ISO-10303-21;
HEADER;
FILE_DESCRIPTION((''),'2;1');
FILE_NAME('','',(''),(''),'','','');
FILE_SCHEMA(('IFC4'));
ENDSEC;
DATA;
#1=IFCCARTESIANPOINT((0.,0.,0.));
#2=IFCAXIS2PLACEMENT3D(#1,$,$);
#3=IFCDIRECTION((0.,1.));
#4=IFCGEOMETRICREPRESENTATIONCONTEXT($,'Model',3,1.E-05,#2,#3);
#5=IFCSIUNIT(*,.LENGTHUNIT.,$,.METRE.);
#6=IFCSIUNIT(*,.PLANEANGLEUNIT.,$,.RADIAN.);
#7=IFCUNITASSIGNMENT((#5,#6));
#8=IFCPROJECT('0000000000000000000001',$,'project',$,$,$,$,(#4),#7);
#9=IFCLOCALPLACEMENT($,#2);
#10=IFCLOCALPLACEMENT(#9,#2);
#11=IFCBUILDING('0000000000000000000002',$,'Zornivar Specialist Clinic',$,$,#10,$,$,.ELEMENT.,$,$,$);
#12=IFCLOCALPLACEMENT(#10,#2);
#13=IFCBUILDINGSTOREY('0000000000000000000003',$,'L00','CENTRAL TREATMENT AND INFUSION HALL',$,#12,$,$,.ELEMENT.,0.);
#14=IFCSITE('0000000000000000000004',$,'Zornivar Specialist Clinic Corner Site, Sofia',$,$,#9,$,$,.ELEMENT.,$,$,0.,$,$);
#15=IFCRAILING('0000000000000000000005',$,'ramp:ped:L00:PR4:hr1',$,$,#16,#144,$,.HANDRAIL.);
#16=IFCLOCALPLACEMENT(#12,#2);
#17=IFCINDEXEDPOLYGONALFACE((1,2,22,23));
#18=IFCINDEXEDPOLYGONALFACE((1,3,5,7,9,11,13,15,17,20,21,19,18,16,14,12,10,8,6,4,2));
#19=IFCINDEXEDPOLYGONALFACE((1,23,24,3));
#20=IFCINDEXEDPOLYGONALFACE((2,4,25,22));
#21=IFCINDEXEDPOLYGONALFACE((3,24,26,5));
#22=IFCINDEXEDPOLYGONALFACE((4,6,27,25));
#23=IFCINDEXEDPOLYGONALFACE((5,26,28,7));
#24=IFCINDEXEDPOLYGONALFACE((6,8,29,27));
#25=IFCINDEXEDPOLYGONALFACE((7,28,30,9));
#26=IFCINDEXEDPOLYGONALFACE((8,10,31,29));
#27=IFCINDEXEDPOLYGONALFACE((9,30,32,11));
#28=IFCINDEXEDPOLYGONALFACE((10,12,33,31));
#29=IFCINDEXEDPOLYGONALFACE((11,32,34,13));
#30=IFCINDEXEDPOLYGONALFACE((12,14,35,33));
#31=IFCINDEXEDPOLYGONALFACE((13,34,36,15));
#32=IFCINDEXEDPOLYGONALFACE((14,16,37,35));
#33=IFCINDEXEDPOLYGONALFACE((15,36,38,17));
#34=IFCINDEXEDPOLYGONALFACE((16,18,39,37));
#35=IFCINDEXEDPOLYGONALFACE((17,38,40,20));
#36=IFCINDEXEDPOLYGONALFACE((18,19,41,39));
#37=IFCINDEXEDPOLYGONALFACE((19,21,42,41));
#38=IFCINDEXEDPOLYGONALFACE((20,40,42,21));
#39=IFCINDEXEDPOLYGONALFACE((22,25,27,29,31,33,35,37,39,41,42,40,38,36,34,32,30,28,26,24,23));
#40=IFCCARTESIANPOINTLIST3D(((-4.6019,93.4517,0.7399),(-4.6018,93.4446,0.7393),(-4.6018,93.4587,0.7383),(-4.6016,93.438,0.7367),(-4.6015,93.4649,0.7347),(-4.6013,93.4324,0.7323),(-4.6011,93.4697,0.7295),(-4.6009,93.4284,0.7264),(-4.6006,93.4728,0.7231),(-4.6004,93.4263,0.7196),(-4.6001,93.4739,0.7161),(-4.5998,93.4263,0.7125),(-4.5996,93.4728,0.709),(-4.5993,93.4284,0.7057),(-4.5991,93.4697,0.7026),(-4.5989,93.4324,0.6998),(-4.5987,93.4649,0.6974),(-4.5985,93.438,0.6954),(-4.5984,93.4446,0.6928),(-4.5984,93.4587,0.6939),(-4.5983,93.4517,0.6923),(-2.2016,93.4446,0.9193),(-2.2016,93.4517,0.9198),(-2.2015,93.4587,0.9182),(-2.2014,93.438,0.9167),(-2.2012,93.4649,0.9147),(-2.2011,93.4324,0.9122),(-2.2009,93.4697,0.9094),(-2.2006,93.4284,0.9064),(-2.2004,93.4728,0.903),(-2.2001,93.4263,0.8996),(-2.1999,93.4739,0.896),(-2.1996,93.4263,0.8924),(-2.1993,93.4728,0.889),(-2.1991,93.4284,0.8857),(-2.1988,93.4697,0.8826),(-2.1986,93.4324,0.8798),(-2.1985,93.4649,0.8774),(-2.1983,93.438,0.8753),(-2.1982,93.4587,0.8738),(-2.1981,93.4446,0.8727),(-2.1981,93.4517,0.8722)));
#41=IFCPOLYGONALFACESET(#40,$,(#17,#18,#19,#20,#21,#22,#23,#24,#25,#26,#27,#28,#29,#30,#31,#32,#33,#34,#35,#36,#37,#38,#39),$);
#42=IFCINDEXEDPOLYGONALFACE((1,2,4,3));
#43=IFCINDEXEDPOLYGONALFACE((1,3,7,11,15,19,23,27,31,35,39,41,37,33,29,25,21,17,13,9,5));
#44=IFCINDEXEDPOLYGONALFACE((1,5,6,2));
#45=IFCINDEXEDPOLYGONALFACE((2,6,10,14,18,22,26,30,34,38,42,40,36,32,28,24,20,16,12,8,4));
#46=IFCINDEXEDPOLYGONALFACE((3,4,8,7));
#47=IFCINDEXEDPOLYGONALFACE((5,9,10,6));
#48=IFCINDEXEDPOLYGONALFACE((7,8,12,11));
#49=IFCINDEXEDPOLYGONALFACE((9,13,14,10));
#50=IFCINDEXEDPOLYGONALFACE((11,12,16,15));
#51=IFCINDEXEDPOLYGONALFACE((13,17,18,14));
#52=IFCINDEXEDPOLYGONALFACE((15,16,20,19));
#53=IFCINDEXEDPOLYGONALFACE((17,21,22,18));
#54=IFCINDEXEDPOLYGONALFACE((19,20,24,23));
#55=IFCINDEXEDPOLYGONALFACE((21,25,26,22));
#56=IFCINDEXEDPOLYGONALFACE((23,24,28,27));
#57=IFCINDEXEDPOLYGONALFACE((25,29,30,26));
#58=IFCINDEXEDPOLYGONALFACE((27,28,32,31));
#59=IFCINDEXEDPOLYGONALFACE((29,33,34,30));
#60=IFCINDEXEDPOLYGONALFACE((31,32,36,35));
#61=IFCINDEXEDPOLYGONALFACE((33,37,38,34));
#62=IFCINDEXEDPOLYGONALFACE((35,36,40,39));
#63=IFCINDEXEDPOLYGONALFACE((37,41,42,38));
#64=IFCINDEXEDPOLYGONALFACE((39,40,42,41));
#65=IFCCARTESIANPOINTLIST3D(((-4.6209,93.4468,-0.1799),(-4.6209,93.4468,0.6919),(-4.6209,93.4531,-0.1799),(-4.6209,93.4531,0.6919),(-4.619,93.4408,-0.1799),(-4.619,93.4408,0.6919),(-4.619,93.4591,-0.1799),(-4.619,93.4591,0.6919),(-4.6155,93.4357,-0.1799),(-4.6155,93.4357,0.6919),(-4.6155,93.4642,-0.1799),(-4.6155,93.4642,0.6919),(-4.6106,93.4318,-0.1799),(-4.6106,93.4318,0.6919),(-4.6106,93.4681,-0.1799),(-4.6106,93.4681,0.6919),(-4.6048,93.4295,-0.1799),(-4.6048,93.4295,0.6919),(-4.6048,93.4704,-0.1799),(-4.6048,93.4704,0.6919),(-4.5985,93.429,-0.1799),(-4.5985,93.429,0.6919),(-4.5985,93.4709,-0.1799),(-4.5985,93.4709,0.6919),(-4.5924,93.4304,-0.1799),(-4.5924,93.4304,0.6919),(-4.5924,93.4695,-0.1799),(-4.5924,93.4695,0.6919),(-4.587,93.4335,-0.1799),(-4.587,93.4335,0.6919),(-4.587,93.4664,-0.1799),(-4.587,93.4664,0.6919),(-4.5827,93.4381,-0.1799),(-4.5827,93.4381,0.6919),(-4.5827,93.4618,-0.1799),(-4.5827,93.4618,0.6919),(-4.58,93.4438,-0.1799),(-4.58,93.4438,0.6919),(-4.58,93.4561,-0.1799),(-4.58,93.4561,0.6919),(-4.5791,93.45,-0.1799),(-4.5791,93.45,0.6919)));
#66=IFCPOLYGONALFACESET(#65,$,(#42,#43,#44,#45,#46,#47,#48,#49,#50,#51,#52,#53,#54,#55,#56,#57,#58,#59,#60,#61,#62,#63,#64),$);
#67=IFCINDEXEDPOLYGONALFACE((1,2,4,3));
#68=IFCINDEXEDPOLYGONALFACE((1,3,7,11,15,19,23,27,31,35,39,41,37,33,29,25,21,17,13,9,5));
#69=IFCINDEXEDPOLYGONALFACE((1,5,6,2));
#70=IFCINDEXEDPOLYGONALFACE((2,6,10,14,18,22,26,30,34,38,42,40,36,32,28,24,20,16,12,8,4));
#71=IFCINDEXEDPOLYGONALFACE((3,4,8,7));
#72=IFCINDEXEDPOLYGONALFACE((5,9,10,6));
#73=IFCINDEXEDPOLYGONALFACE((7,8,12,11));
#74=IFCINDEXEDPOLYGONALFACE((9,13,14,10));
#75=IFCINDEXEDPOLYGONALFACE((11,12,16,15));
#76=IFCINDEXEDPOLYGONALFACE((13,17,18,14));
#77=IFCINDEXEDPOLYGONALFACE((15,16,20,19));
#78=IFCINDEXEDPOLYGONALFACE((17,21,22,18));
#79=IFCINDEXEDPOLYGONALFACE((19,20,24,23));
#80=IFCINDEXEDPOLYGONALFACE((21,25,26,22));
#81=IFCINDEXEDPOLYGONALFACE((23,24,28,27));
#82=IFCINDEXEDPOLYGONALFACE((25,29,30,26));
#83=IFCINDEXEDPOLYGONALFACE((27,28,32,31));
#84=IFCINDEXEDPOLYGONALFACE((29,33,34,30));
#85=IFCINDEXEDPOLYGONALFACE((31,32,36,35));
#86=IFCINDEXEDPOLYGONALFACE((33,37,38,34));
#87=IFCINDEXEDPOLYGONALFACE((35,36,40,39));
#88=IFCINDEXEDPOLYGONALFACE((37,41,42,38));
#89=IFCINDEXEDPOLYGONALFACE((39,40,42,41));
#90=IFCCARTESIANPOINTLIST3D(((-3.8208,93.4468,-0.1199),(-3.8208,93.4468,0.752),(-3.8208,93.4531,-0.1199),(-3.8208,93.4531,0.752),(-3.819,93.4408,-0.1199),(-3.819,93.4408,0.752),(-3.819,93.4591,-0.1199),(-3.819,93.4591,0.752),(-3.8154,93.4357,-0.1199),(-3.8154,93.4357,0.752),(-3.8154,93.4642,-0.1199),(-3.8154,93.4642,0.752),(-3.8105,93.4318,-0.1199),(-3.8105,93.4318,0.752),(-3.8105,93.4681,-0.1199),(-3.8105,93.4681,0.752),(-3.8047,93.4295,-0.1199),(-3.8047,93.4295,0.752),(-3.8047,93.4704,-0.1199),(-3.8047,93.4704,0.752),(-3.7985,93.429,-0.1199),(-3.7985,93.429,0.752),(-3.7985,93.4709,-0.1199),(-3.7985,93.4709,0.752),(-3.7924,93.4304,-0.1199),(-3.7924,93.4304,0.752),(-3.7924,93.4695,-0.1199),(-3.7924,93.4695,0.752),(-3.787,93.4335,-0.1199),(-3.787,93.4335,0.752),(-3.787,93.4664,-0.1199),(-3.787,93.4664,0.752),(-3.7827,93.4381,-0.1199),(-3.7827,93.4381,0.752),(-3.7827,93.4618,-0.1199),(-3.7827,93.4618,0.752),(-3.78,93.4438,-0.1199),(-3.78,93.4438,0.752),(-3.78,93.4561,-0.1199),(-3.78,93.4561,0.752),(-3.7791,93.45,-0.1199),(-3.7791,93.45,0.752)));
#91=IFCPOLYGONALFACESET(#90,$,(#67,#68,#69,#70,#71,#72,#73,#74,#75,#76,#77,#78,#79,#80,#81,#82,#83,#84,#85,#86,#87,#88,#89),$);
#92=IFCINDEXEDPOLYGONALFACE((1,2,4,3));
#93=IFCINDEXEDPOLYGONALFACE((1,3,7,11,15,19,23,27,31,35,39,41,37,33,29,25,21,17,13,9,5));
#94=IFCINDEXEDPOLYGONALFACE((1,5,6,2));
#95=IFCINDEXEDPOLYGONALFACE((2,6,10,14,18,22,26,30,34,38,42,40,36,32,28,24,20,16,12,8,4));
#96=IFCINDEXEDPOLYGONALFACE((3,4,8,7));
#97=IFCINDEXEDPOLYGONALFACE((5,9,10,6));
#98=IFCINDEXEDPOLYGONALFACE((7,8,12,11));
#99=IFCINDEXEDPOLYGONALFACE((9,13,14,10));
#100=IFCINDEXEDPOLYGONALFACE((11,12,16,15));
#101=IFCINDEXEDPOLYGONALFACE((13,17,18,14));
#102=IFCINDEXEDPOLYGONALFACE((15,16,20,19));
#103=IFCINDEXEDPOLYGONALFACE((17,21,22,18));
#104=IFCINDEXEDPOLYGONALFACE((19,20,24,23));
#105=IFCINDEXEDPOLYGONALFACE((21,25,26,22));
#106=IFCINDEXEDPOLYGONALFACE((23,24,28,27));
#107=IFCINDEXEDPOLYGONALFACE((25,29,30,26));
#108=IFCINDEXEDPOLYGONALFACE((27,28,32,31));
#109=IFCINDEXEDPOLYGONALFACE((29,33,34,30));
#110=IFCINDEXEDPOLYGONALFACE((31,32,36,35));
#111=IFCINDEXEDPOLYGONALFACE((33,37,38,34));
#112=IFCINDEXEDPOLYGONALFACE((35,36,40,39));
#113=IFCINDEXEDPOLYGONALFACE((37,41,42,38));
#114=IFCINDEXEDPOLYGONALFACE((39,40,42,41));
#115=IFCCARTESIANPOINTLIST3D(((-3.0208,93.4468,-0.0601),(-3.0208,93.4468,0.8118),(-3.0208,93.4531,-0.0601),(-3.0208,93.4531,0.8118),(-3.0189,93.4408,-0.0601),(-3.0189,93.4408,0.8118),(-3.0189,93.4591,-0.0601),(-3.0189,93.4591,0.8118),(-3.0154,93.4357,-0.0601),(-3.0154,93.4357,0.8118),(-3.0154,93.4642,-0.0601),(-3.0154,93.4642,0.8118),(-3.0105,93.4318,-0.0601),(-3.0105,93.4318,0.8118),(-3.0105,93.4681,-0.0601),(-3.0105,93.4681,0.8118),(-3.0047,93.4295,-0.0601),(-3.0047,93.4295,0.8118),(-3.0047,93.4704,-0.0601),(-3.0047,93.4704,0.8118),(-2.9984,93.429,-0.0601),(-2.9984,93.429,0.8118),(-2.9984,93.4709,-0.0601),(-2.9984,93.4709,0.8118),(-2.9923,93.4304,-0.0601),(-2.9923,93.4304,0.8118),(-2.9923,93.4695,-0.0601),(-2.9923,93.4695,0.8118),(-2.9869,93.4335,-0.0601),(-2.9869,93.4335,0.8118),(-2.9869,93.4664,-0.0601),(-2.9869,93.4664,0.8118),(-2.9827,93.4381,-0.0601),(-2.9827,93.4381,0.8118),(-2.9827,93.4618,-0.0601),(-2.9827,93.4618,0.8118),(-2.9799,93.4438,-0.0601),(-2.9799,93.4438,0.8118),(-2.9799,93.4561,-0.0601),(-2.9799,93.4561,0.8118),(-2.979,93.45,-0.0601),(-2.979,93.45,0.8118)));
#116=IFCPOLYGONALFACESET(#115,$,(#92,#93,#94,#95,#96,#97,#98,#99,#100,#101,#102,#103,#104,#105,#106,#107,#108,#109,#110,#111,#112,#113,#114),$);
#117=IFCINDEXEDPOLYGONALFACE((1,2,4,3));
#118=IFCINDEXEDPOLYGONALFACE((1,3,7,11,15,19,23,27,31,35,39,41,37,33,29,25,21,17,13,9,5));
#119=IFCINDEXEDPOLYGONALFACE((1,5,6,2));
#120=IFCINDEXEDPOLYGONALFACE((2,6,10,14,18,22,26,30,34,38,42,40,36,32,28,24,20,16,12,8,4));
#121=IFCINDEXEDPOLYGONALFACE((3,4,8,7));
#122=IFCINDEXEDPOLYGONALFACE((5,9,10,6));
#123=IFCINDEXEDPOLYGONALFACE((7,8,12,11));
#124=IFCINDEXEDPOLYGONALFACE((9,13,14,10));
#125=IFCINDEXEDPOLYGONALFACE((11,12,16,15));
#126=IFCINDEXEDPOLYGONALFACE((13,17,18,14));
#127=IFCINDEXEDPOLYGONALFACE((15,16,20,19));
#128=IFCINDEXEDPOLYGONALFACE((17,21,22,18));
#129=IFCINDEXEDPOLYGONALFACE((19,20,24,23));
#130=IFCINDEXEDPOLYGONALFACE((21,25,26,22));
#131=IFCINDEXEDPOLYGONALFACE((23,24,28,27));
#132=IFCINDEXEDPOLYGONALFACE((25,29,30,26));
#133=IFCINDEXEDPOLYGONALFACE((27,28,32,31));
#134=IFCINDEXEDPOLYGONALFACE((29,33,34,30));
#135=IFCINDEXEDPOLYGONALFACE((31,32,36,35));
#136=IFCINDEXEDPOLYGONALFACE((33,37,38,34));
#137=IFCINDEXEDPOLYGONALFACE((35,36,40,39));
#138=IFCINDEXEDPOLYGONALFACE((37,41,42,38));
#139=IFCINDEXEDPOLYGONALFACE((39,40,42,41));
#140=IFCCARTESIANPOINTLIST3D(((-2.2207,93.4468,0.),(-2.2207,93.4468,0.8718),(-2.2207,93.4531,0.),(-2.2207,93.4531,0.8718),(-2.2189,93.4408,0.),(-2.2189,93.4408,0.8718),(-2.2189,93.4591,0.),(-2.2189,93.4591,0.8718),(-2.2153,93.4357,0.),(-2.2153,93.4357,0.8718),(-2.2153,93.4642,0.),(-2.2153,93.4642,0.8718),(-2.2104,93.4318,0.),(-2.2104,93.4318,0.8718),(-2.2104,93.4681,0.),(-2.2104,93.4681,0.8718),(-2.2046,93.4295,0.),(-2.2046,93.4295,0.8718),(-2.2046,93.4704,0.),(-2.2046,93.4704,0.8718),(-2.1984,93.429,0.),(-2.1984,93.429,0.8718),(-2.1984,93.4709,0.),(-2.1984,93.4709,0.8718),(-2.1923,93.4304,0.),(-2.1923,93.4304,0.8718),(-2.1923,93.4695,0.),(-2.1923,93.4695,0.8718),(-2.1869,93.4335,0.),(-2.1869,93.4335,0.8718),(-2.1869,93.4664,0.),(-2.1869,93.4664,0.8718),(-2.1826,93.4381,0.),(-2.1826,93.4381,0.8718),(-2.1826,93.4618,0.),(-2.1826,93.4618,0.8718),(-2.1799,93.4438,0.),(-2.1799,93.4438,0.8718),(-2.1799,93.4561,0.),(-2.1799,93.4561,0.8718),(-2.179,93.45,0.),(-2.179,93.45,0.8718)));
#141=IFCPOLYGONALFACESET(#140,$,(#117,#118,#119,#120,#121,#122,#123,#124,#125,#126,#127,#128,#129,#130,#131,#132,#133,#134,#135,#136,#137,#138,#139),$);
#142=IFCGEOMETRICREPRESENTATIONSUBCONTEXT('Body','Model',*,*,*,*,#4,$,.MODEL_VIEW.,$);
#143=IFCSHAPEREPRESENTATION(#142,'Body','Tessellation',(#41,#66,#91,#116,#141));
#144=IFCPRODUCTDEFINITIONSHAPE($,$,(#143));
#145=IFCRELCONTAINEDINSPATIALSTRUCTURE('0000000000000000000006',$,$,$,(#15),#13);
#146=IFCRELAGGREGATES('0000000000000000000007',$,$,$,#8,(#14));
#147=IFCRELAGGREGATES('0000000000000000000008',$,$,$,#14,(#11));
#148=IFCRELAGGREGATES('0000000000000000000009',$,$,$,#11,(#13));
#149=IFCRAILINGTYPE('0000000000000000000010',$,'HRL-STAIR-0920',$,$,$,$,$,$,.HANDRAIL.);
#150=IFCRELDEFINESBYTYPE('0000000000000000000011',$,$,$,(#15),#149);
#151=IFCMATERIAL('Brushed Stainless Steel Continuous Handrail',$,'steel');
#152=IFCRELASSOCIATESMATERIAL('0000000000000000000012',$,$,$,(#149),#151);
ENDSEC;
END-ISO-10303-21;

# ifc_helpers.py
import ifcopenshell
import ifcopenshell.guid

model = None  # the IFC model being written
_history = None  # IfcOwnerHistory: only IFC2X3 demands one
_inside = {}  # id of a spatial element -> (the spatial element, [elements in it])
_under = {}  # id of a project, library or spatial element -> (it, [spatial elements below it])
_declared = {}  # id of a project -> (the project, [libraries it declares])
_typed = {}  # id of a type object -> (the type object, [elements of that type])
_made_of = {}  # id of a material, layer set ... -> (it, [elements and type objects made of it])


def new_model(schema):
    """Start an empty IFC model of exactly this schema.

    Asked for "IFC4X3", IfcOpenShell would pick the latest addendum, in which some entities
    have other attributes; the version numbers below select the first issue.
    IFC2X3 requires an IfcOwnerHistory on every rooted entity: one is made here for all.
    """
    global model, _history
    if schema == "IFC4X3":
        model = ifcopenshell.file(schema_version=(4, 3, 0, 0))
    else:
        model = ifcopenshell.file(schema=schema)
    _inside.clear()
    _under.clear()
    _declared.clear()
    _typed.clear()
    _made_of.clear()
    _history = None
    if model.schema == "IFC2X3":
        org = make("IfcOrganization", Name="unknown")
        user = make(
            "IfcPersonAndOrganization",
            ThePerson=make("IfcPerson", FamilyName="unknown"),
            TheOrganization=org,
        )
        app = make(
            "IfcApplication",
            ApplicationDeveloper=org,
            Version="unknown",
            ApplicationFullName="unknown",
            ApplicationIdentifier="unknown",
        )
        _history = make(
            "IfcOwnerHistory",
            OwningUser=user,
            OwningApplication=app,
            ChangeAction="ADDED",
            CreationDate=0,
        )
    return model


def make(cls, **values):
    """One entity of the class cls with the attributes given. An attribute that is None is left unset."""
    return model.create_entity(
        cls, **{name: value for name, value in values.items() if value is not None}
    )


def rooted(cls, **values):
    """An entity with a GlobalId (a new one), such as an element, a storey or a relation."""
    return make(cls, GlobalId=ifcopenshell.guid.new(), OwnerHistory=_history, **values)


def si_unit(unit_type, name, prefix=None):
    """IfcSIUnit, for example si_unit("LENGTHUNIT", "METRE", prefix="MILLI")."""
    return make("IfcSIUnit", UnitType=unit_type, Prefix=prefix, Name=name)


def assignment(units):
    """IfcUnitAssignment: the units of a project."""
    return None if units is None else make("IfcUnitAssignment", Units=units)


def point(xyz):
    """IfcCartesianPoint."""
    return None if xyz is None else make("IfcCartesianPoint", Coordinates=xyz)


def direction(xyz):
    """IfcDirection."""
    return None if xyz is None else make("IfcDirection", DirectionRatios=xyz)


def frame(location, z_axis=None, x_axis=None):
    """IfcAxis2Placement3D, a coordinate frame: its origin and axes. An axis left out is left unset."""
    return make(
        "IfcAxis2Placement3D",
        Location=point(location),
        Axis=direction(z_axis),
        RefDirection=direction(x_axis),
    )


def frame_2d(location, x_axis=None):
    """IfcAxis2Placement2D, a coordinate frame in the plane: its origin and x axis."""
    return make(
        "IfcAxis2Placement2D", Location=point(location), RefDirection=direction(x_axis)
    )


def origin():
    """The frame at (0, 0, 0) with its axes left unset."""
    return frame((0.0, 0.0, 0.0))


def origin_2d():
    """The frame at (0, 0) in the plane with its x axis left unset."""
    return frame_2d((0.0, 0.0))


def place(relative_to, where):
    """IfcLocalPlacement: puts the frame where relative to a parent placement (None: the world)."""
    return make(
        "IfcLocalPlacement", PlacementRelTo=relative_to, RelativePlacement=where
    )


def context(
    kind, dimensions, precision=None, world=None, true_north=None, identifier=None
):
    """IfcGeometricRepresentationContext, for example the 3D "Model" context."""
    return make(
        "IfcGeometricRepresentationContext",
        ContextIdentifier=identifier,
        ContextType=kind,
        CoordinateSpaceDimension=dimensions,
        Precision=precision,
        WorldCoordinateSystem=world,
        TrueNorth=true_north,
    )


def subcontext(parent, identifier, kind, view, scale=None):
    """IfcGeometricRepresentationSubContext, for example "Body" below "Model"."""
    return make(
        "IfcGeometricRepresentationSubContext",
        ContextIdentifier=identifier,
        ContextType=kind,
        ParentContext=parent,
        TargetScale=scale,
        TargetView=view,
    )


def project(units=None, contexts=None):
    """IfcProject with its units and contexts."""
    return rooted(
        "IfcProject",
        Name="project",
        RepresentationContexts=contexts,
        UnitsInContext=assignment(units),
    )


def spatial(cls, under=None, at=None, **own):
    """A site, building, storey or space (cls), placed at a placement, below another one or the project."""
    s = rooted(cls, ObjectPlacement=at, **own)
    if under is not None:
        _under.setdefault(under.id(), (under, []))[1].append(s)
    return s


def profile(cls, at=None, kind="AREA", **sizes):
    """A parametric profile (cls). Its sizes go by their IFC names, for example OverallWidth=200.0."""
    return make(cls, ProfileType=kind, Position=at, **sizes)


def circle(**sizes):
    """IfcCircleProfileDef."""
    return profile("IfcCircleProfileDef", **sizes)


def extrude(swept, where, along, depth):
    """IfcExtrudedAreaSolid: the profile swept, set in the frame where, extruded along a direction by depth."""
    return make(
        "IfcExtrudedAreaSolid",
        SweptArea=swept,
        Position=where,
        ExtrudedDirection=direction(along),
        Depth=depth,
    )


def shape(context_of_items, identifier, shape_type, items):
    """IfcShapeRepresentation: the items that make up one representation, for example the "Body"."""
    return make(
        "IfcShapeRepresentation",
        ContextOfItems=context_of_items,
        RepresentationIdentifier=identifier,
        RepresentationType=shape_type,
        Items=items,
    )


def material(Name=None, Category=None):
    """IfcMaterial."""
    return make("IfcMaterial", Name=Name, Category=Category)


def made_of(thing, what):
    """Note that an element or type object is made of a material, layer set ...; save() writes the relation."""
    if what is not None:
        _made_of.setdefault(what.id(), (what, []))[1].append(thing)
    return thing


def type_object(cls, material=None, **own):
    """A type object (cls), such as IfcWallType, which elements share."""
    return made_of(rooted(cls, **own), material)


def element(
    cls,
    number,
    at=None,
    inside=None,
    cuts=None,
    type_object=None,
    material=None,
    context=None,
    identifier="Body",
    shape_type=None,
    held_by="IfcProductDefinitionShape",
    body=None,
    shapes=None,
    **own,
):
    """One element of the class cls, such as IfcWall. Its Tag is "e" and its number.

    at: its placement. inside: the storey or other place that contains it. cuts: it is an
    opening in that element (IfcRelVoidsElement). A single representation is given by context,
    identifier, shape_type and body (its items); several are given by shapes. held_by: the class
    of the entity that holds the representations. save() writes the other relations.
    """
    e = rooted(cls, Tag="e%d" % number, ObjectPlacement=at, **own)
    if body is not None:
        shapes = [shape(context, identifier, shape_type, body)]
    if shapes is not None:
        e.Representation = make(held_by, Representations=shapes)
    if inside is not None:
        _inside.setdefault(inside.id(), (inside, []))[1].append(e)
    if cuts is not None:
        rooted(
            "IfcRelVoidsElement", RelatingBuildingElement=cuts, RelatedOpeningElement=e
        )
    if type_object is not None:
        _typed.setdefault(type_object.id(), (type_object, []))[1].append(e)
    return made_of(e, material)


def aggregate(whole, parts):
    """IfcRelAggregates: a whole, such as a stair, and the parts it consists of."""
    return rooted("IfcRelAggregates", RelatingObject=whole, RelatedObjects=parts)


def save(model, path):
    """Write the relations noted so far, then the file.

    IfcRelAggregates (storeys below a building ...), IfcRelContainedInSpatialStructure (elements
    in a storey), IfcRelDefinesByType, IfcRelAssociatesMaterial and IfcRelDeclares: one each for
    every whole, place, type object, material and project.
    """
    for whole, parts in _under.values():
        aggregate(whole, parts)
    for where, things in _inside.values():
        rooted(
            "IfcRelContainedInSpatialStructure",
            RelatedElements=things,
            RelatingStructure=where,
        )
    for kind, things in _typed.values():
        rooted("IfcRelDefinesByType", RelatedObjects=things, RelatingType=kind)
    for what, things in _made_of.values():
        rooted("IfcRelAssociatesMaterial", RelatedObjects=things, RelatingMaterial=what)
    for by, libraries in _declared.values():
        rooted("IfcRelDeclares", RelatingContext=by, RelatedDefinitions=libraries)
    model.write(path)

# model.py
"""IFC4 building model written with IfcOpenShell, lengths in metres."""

from ifc_helpers import new_model, si_unit, direction, frame, origin, origin_2d, place, context, subcontext, project, spatial, circle, extrude, material, type_object, element, save


model = new_model("IFC4")

# Units and contexts
model_context = context("Model", 3, precision=1e-05, world=origin(), true_north=direction((0.0, 1.0)))
body_context = subcontext(model_context, "Body", "Model", "MODEL_VIEW")
ifc_project = project(units=[si_unit("LENGTHUNIT", "METRE"), si_unit("PLANEANGLEUNIT", "RADIAN")], contexts=[model_context])

# Site, building, storey
site_placement = place(None, origin())
site = spatial("IfcSite", under=ifc_project, at=site_placement, Name="Zornivar Specialist Clinic Corner Site, Sofia", CompositionType="ELEMENT", RefElevation=0.0)
building_placement = place(site_placement, origin())
building = spatial("IfcBuilding", under=site, at=building_placement, Name="Zornivar Specialist Clinic", CompositionType="ELEMENT")
storey_placement = place(building_placement, origin())
storey = spatial("IfcBuildingStorey", under=building, at=storey_placement, Name="L00", Description="CENTRAL TREATMENT AND INFUSION HALL", CompositionType="ELEMENT", Elevation=0.0)

# Railing
ifc_material_1 = material(Name="Brushed Stainless Steel Continuous Handrail", Category="steel")
railing_type = type_object("IfcRailingType", Name="HRL-STAIR-0920", PredefinedType="HANDRAIL", material=ifc_material_1)
for number, where, name in (
    (1, (-4.6001, 93.45, -0.1799), "ramp:ped:L00:PR4:hr1"),
):
    element("IfcRailing", number, at=place(storey_placement, frame(where)), inside=storey, type_object=railing_type, Name=name, PredefinedType="HANDRAIL", context=body_context, shape_type="SweptSolid", body=[
        extrude(circle(Radius=0.0239, at=origin_2d()), frame((0.0, 0.0, 0.896), z_axis=(0.997202, 0.0, 0.074757), x_axis=(0.0, 1.0, 0.0)), (0.0, 0.0, 1.0), 2.407),
        extrude(circle(Radius=0.021, at=origin_2d()), origin(), (0.0, 0.0, 1.0), 0.8718),
        extrude(circle(Radius=0.021, at=origin_2d()), frame((0.8, 0.0, 0.0601)), (0.0, 0.0, 1.0), 0.8718),
        extrude(circle(Radius=0.021, at=origin_2d()), frame((1.6001, 0.0, 0.1199)), (0.0, 0.0, 1.0), 0.8718),
        extrude(circle(Radius=0.021, at=origin_2d()), frame((2.4001, 0.0, 0.1799)), (0.0, 0.0, 1.0), 0.8718),
    ])

save(model, "model.ifc")
